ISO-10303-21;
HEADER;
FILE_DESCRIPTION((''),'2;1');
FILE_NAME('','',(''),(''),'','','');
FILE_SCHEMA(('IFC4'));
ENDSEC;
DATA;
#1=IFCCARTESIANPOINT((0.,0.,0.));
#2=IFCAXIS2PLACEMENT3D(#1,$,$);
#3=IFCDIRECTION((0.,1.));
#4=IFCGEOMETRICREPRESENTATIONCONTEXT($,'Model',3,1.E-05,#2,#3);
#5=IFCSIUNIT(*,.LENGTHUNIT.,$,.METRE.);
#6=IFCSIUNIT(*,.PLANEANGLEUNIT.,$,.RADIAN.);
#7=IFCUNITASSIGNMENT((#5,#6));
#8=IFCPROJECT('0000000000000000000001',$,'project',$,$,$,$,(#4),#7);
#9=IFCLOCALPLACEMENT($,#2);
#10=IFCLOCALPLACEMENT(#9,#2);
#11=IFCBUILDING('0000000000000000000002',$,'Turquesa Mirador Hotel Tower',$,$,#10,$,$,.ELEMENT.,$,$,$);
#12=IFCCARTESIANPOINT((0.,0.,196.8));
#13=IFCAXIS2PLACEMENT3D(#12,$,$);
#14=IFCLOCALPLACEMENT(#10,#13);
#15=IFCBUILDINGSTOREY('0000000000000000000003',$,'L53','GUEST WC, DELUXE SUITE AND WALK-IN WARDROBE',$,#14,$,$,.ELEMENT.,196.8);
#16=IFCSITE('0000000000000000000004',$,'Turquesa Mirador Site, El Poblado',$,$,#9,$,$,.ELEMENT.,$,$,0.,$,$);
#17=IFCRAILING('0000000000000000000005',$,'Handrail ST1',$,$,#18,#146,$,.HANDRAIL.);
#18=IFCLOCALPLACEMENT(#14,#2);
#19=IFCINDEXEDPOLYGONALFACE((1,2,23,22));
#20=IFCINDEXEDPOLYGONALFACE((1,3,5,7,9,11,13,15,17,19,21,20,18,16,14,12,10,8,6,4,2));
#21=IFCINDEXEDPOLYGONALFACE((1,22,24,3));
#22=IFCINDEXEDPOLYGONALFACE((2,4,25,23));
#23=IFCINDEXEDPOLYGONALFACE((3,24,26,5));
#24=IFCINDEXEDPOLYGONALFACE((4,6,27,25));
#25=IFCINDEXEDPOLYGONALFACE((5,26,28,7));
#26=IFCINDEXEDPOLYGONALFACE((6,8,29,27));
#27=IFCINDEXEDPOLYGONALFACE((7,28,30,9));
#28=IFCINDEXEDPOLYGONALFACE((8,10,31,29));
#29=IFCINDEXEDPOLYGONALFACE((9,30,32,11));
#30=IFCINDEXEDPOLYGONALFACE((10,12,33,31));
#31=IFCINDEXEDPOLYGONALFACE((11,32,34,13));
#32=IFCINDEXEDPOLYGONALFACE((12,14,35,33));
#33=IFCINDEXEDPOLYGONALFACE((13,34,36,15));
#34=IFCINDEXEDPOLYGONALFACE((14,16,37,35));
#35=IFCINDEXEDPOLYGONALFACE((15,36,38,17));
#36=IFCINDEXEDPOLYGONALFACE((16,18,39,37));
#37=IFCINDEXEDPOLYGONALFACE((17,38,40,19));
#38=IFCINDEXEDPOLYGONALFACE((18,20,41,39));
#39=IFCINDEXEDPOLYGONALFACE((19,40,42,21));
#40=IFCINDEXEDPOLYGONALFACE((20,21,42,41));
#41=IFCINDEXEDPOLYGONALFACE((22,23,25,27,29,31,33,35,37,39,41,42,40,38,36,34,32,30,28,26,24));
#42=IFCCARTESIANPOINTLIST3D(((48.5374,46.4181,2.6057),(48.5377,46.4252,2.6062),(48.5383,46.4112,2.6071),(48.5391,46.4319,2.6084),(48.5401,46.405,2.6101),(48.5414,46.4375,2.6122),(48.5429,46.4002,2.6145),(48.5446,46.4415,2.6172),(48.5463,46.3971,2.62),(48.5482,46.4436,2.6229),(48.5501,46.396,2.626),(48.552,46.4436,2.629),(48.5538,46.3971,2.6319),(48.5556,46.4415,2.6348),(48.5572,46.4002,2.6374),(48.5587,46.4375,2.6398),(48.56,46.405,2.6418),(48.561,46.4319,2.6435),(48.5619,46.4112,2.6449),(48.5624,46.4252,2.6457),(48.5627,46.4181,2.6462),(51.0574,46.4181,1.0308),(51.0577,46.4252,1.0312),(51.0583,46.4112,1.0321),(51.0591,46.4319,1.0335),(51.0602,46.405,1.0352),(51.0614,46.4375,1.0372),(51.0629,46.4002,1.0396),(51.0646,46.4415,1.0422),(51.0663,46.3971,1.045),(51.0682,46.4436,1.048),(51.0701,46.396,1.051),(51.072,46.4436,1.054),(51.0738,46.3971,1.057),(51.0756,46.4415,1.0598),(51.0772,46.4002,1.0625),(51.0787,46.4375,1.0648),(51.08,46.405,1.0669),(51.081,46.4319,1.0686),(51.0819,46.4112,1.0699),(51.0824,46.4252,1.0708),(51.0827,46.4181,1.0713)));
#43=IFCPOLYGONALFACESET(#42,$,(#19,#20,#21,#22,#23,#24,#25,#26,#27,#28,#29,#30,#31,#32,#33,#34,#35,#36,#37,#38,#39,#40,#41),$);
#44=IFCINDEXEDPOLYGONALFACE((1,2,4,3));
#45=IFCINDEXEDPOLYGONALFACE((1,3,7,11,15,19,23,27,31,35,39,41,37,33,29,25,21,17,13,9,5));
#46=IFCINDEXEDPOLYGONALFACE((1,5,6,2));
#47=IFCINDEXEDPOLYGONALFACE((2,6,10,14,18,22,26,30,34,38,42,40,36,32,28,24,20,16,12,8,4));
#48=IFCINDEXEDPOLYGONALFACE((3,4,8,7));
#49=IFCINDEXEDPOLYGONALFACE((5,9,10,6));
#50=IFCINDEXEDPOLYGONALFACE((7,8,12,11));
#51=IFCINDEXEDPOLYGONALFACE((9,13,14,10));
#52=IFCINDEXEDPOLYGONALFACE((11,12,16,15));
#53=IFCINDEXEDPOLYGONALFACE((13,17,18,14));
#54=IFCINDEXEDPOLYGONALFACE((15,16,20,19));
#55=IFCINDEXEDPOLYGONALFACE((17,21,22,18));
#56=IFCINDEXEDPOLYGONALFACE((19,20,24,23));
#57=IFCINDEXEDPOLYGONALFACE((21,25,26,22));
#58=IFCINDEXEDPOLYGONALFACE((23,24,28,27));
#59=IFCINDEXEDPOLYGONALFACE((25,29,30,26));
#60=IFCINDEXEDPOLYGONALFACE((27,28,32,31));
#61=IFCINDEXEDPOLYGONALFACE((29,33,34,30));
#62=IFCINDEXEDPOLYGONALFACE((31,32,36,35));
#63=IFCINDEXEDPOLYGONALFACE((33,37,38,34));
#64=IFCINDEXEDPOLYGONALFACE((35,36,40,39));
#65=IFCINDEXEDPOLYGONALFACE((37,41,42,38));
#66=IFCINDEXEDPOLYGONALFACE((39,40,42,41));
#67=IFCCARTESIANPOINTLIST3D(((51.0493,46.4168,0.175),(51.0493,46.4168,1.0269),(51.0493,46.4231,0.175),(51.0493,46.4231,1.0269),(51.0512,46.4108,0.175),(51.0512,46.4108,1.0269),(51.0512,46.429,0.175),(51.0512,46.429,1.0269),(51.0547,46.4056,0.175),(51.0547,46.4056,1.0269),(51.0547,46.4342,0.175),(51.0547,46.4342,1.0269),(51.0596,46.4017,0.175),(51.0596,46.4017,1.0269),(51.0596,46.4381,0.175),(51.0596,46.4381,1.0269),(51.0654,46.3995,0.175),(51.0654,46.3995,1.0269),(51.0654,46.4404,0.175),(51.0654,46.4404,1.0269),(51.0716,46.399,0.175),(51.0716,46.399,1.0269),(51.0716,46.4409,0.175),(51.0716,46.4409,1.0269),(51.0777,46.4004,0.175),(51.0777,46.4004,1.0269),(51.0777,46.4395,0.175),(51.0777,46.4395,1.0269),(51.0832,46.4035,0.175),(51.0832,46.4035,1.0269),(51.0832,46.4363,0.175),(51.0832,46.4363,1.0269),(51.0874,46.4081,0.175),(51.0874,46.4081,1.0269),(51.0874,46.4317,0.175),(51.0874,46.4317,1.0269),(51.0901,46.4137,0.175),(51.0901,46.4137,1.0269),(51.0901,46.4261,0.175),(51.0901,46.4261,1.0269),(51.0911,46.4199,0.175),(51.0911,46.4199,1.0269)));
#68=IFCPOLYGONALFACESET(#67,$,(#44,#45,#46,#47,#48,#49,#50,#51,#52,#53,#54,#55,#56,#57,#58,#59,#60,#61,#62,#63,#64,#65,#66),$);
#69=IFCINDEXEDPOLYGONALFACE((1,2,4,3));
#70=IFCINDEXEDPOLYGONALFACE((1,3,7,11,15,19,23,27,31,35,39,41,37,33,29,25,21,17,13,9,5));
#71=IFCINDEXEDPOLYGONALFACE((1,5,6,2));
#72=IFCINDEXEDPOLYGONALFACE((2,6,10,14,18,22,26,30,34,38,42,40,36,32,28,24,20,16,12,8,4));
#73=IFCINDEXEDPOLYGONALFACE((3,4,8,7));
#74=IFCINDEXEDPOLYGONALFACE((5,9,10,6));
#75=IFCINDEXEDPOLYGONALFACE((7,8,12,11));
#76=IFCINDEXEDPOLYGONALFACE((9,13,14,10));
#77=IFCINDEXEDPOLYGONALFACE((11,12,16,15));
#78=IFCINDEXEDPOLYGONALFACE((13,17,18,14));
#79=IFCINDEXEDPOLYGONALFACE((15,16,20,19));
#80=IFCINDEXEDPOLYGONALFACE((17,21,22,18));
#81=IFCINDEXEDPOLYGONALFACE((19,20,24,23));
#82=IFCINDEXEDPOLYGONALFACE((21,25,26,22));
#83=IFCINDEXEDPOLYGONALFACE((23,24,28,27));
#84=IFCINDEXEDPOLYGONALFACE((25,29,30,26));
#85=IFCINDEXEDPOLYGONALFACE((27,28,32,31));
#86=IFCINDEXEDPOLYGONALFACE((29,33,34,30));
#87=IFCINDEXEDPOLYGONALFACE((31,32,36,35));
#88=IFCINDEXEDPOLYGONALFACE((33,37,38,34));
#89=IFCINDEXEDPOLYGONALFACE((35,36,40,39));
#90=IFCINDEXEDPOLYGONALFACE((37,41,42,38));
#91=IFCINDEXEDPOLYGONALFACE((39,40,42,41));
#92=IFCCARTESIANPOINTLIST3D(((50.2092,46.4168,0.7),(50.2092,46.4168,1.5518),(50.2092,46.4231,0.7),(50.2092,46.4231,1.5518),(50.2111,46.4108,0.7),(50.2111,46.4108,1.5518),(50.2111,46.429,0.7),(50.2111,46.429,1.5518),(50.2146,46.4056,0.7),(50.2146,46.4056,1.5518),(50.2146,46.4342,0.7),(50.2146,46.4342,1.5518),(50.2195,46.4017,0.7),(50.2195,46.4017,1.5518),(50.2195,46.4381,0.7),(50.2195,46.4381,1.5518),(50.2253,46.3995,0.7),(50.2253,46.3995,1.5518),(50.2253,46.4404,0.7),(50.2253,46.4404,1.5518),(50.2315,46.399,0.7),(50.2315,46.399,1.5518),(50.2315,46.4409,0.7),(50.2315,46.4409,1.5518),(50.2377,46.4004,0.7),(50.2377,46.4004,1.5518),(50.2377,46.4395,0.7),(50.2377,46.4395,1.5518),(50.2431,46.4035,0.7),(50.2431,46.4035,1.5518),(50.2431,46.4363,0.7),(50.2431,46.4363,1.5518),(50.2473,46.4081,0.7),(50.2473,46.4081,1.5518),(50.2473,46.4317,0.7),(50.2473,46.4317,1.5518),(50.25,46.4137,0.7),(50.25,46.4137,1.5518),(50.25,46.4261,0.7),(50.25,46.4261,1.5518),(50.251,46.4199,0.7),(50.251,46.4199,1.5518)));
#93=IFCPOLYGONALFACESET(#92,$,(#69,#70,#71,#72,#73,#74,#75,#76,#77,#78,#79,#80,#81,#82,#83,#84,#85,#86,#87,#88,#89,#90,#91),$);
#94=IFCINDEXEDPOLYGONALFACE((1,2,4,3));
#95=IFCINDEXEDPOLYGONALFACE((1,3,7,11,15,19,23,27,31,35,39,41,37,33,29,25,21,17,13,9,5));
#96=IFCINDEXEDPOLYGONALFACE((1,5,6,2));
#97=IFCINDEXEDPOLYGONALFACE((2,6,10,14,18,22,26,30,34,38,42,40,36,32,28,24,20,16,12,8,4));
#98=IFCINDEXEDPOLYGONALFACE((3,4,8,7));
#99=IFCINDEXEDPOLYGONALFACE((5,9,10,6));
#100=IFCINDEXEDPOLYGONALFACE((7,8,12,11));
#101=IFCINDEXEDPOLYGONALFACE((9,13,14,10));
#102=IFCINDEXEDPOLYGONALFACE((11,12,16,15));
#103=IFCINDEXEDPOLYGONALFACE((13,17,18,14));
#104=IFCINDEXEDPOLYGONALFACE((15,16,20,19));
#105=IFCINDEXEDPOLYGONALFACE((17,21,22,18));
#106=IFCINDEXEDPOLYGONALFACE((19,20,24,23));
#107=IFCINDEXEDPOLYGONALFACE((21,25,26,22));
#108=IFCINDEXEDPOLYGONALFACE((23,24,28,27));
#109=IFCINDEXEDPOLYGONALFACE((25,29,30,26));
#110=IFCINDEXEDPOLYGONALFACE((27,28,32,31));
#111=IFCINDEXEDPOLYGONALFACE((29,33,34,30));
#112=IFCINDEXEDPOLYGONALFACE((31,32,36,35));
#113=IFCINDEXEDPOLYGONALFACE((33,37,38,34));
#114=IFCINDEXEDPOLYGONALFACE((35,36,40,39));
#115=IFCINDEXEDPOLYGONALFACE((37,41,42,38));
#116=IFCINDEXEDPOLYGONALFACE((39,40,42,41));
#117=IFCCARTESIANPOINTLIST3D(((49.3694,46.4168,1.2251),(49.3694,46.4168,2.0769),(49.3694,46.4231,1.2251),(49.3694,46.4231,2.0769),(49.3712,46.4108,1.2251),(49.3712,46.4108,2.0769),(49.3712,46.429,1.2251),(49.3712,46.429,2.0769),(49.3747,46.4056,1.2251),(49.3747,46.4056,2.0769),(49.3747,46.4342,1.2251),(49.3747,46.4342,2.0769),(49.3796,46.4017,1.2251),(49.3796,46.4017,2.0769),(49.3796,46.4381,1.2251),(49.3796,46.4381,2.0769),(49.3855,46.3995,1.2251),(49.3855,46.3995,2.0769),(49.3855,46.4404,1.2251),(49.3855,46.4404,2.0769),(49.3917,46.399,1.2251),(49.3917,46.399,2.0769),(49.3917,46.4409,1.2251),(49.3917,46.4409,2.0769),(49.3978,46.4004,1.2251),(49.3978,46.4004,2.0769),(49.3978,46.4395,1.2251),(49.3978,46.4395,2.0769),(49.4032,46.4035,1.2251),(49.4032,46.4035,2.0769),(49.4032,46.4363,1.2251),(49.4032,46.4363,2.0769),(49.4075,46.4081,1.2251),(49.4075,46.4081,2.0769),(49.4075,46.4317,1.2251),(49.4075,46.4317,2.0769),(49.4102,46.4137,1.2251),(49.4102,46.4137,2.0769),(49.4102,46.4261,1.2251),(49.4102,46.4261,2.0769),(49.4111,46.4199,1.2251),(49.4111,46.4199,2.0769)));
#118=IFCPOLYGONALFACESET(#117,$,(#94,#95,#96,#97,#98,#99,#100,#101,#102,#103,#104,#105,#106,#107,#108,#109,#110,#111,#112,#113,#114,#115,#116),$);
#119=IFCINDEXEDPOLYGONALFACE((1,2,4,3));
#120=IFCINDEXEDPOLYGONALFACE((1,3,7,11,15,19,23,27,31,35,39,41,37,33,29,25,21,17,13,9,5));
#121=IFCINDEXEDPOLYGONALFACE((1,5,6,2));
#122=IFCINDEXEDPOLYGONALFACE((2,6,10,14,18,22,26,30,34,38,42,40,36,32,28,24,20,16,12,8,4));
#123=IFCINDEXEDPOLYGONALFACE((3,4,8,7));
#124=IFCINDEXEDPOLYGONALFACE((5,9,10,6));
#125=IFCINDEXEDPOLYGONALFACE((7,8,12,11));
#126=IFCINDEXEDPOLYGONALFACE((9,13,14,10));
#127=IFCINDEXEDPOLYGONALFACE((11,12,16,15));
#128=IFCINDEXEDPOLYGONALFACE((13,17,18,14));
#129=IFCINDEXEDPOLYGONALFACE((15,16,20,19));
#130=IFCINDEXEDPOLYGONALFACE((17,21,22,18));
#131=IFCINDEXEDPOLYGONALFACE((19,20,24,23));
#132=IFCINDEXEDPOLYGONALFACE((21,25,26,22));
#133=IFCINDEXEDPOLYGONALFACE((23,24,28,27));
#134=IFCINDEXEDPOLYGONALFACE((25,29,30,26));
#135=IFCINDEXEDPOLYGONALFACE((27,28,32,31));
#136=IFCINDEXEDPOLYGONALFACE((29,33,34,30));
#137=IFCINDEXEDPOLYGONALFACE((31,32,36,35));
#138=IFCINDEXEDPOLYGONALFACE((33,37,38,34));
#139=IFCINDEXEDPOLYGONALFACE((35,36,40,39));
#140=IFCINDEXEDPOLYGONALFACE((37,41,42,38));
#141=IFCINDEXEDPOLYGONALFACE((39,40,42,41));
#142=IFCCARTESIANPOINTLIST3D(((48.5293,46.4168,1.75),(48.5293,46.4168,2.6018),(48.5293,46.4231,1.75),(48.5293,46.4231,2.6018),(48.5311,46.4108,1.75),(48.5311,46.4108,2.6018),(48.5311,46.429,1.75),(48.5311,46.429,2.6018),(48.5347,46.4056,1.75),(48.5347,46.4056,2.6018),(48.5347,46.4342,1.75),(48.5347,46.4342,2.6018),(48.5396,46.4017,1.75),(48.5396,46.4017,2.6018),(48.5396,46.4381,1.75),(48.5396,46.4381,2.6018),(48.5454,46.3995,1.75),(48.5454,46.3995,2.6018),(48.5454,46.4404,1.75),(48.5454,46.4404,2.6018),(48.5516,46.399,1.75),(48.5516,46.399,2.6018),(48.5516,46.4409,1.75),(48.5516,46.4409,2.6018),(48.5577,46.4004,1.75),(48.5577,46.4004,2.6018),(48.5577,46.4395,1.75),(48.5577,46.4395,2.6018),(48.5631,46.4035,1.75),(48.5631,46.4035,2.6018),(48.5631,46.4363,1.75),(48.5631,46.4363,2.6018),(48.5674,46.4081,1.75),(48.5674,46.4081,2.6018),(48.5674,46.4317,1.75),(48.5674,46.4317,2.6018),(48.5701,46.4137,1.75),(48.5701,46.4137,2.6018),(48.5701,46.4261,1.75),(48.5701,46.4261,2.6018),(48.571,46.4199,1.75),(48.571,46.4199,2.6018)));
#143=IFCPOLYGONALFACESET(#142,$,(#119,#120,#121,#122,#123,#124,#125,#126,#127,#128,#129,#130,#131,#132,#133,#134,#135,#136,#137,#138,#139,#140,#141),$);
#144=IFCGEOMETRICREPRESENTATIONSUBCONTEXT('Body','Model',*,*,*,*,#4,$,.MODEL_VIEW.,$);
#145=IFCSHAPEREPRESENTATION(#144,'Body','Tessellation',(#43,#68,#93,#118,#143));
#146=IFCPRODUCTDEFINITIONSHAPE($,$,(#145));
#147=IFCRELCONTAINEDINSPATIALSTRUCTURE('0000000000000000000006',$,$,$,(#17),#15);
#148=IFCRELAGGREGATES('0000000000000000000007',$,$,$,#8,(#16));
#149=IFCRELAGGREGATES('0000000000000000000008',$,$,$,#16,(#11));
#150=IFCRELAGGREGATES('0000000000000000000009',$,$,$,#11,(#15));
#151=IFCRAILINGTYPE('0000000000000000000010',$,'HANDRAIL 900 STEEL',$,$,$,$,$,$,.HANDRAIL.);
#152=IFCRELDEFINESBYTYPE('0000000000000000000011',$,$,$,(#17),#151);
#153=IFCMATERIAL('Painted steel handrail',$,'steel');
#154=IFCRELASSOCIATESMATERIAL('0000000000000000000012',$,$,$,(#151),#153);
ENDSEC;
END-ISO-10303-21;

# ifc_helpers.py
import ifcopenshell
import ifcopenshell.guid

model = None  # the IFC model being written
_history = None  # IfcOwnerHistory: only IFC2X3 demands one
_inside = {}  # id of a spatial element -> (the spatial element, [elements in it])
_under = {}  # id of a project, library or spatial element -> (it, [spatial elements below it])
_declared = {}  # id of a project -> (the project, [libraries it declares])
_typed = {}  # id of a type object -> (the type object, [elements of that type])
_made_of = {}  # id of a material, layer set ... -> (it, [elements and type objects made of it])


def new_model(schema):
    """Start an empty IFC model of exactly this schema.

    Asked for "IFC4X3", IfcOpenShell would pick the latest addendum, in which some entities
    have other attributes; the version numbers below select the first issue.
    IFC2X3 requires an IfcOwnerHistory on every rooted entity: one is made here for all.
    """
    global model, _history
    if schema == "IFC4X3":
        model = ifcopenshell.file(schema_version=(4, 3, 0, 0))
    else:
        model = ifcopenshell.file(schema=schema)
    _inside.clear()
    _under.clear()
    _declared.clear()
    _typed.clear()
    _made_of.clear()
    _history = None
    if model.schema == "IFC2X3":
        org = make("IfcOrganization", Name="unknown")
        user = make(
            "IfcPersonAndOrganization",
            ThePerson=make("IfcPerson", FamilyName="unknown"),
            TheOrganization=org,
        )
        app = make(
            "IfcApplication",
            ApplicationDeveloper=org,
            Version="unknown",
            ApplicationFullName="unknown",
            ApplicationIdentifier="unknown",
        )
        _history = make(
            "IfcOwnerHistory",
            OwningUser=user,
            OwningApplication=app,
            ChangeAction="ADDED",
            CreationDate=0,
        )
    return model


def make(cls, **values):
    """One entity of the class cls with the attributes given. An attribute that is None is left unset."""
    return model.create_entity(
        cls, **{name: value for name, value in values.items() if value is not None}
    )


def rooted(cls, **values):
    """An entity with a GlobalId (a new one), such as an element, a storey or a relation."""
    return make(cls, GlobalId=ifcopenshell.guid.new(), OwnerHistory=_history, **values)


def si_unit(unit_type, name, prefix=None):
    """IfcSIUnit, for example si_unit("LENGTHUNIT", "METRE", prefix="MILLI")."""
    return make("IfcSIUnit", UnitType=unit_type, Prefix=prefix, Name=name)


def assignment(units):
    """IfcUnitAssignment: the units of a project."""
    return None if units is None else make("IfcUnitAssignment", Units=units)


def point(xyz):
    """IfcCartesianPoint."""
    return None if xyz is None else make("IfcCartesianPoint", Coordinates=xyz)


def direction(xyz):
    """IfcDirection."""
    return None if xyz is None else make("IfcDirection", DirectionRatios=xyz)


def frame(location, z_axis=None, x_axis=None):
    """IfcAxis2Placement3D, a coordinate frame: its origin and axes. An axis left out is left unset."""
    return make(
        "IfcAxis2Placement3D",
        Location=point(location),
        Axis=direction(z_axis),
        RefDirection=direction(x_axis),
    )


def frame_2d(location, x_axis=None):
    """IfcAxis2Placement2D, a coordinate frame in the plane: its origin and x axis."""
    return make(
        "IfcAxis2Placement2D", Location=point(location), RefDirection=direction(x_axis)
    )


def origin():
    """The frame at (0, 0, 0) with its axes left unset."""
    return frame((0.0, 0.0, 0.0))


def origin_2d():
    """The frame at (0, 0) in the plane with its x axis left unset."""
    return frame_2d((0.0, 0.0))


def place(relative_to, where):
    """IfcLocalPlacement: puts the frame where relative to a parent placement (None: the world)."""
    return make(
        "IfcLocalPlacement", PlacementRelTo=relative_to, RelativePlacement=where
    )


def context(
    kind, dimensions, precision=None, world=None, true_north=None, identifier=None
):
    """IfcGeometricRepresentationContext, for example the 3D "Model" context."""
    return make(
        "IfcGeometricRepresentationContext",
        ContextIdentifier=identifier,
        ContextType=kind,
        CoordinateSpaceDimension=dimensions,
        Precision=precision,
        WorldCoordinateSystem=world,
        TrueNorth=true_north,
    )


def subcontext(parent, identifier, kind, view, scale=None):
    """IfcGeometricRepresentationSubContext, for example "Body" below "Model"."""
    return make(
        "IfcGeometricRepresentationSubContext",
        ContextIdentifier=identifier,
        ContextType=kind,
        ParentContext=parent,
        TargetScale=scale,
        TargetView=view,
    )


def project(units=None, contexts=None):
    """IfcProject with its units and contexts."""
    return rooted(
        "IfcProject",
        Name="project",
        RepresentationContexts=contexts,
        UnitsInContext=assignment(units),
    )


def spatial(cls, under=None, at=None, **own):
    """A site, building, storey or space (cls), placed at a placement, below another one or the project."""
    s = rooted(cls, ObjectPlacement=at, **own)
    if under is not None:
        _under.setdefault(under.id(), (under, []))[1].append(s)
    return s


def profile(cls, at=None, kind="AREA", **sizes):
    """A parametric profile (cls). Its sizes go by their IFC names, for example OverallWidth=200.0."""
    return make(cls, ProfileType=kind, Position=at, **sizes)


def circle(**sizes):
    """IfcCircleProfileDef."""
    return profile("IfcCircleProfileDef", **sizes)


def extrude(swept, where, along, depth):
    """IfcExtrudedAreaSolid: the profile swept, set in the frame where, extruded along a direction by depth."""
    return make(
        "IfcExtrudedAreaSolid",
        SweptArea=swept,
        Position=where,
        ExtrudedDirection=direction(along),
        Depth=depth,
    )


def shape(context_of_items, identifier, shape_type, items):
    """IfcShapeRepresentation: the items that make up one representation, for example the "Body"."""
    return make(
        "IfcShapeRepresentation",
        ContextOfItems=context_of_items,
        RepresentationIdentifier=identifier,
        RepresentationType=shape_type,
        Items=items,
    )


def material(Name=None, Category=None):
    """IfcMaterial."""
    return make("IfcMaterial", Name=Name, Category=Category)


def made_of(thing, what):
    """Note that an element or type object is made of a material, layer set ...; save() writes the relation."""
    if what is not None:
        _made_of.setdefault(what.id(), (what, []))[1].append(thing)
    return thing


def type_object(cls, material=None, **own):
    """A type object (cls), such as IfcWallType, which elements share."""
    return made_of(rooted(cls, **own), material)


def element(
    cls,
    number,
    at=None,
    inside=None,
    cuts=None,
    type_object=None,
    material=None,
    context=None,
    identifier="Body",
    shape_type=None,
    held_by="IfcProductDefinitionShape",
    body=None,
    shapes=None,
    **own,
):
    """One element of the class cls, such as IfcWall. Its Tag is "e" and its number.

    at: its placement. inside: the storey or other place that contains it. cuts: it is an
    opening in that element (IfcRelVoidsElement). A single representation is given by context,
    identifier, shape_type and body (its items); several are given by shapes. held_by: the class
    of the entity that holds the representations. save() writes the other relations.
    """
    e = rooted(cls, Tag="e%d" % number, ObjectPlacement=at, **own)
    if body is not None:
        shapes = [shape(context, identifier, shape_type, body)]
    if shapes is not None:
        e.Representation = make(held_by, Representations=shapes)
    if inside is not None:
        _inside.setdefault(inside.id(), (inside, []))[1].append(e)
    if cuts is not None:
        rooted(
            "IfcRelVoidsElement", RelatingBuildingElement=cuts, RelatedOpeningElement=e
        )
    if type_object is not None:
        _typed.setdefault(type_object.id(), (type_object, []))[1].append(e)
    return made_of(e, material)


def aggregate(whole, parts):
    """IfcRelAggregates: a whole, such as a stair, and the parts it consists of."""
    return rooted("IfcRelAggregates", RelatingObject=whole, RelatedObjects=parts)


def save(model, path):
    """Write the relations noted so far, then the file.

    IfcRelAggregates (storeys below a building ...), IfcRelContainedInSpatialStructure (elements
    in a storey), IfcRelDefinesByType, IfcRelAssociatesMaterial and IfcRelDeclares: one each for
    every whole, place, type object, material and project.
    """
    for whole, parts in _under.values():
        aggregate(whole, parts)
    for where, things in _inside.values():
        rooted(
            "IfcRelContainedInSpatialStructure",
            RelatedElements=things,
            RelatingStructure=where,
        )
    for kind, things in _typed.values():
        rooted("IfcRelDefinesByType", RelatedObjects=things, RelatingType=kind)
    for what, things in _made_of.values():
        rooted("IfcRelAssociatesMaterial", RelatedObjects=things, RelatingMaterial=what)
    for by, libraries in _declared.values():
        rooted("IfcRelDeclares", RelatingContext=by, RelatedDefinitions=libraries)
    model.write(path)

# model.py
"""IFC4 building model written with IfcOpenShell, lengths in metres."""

from ifc_helpers import new_model, si_unit, direction, frame, origin, origin_2d, place, context, subcontext, project, spatial, circle, extrude, material, type_object, element, save


model = new_model("IFC4")

# Units and contexts
model_context = context("Model", 3, precision=1e-05, world=origin(), true_north=direction((0.0, 1.0)))
body_context = subcontext(model_context, "Body", "Model", "MODEL_VIEW")
ifc_project = project(units=[si_unit("LENGTHUNIT", "METRE"), si_unit("PLANEANGLEUNIT", "RADIAN")], contexts=[model_context])

# Site, building, storey
site_placement = place(None, origin())
site = spatial("IfcSite", under=ifc_project, at=site_placement, Name="Turquesa Mirador Site, El Poblado", CompositionType="ELEMENT", RefElevation=0.0)
building_placement = place(site_placement, origin())
building = spatial("IfcBuilding", under=site, at=building_placement, Name="Turquesa Mirador Hotel Tower", CompositionType="ELEMENT")
storey_placement = place(building_placement, frame((0.0, 0.0, 196.8)))
storey = spatial("IfcBuildingStorey", under=building, at=storey_placement, Name="L53", Description="GUEST WC, DELUXE SUITE AND WALK-IN WARDROBE", CompositionType="ELEMENT", Elevation=196.8)

# Railing
ifc_material_1 = material(Name="Painted steel handrail", Category="steel")
railing_type = type_object("IfcRailingType", Name="HANDRAIL 900 STEEL", PredefinedType="HANDRAIL", material=ifc_material_1)
railing_1_placement = place(storey_placement, frame((51.0701, 46.4199, 0.175)))
element("IfcRailing", 1, at=railing_1_placement, inside=storey, type_object=railing_type, Name="Handrail ST1", PredefinedType="HANDRAIL", context=body_context, shape_type="SweptSolid", body=[
    extrude(circle(Radius=0.0239, at=origin_2d()), frame((0.0, 0.0, 0.876), z_axis=(-0.848008, 0.0, 0.529984), x_axis=(0.0, -1.0, 0.0)), (0.0, 0.0, 1.0), 2.9717),
    extrude(circle(Radius=0.021, at=origin_2d()), origin(), (0.0, 0.0, 1.0), 0.8518),
    extrude(circle(Radius=0.021, at=origin_2d()), frame((-0.8401, 0.0, 0.5249)), (0.0, 0.0, 1.0), 0.8518),
    extrude(circle(Radius=0.021, at=origin_2d()), frame((-1.6799, 0.0, 1.05)), (0.0, 0.0, 1.0), 0.8518),
    extrude(circle(Radius=0.021, at=origin_2d()), frame((-2.52, 0.0, 1.575)), (0.0, 0.0, 1.0), 0.8518),
])

save(model, "model.ifc")
